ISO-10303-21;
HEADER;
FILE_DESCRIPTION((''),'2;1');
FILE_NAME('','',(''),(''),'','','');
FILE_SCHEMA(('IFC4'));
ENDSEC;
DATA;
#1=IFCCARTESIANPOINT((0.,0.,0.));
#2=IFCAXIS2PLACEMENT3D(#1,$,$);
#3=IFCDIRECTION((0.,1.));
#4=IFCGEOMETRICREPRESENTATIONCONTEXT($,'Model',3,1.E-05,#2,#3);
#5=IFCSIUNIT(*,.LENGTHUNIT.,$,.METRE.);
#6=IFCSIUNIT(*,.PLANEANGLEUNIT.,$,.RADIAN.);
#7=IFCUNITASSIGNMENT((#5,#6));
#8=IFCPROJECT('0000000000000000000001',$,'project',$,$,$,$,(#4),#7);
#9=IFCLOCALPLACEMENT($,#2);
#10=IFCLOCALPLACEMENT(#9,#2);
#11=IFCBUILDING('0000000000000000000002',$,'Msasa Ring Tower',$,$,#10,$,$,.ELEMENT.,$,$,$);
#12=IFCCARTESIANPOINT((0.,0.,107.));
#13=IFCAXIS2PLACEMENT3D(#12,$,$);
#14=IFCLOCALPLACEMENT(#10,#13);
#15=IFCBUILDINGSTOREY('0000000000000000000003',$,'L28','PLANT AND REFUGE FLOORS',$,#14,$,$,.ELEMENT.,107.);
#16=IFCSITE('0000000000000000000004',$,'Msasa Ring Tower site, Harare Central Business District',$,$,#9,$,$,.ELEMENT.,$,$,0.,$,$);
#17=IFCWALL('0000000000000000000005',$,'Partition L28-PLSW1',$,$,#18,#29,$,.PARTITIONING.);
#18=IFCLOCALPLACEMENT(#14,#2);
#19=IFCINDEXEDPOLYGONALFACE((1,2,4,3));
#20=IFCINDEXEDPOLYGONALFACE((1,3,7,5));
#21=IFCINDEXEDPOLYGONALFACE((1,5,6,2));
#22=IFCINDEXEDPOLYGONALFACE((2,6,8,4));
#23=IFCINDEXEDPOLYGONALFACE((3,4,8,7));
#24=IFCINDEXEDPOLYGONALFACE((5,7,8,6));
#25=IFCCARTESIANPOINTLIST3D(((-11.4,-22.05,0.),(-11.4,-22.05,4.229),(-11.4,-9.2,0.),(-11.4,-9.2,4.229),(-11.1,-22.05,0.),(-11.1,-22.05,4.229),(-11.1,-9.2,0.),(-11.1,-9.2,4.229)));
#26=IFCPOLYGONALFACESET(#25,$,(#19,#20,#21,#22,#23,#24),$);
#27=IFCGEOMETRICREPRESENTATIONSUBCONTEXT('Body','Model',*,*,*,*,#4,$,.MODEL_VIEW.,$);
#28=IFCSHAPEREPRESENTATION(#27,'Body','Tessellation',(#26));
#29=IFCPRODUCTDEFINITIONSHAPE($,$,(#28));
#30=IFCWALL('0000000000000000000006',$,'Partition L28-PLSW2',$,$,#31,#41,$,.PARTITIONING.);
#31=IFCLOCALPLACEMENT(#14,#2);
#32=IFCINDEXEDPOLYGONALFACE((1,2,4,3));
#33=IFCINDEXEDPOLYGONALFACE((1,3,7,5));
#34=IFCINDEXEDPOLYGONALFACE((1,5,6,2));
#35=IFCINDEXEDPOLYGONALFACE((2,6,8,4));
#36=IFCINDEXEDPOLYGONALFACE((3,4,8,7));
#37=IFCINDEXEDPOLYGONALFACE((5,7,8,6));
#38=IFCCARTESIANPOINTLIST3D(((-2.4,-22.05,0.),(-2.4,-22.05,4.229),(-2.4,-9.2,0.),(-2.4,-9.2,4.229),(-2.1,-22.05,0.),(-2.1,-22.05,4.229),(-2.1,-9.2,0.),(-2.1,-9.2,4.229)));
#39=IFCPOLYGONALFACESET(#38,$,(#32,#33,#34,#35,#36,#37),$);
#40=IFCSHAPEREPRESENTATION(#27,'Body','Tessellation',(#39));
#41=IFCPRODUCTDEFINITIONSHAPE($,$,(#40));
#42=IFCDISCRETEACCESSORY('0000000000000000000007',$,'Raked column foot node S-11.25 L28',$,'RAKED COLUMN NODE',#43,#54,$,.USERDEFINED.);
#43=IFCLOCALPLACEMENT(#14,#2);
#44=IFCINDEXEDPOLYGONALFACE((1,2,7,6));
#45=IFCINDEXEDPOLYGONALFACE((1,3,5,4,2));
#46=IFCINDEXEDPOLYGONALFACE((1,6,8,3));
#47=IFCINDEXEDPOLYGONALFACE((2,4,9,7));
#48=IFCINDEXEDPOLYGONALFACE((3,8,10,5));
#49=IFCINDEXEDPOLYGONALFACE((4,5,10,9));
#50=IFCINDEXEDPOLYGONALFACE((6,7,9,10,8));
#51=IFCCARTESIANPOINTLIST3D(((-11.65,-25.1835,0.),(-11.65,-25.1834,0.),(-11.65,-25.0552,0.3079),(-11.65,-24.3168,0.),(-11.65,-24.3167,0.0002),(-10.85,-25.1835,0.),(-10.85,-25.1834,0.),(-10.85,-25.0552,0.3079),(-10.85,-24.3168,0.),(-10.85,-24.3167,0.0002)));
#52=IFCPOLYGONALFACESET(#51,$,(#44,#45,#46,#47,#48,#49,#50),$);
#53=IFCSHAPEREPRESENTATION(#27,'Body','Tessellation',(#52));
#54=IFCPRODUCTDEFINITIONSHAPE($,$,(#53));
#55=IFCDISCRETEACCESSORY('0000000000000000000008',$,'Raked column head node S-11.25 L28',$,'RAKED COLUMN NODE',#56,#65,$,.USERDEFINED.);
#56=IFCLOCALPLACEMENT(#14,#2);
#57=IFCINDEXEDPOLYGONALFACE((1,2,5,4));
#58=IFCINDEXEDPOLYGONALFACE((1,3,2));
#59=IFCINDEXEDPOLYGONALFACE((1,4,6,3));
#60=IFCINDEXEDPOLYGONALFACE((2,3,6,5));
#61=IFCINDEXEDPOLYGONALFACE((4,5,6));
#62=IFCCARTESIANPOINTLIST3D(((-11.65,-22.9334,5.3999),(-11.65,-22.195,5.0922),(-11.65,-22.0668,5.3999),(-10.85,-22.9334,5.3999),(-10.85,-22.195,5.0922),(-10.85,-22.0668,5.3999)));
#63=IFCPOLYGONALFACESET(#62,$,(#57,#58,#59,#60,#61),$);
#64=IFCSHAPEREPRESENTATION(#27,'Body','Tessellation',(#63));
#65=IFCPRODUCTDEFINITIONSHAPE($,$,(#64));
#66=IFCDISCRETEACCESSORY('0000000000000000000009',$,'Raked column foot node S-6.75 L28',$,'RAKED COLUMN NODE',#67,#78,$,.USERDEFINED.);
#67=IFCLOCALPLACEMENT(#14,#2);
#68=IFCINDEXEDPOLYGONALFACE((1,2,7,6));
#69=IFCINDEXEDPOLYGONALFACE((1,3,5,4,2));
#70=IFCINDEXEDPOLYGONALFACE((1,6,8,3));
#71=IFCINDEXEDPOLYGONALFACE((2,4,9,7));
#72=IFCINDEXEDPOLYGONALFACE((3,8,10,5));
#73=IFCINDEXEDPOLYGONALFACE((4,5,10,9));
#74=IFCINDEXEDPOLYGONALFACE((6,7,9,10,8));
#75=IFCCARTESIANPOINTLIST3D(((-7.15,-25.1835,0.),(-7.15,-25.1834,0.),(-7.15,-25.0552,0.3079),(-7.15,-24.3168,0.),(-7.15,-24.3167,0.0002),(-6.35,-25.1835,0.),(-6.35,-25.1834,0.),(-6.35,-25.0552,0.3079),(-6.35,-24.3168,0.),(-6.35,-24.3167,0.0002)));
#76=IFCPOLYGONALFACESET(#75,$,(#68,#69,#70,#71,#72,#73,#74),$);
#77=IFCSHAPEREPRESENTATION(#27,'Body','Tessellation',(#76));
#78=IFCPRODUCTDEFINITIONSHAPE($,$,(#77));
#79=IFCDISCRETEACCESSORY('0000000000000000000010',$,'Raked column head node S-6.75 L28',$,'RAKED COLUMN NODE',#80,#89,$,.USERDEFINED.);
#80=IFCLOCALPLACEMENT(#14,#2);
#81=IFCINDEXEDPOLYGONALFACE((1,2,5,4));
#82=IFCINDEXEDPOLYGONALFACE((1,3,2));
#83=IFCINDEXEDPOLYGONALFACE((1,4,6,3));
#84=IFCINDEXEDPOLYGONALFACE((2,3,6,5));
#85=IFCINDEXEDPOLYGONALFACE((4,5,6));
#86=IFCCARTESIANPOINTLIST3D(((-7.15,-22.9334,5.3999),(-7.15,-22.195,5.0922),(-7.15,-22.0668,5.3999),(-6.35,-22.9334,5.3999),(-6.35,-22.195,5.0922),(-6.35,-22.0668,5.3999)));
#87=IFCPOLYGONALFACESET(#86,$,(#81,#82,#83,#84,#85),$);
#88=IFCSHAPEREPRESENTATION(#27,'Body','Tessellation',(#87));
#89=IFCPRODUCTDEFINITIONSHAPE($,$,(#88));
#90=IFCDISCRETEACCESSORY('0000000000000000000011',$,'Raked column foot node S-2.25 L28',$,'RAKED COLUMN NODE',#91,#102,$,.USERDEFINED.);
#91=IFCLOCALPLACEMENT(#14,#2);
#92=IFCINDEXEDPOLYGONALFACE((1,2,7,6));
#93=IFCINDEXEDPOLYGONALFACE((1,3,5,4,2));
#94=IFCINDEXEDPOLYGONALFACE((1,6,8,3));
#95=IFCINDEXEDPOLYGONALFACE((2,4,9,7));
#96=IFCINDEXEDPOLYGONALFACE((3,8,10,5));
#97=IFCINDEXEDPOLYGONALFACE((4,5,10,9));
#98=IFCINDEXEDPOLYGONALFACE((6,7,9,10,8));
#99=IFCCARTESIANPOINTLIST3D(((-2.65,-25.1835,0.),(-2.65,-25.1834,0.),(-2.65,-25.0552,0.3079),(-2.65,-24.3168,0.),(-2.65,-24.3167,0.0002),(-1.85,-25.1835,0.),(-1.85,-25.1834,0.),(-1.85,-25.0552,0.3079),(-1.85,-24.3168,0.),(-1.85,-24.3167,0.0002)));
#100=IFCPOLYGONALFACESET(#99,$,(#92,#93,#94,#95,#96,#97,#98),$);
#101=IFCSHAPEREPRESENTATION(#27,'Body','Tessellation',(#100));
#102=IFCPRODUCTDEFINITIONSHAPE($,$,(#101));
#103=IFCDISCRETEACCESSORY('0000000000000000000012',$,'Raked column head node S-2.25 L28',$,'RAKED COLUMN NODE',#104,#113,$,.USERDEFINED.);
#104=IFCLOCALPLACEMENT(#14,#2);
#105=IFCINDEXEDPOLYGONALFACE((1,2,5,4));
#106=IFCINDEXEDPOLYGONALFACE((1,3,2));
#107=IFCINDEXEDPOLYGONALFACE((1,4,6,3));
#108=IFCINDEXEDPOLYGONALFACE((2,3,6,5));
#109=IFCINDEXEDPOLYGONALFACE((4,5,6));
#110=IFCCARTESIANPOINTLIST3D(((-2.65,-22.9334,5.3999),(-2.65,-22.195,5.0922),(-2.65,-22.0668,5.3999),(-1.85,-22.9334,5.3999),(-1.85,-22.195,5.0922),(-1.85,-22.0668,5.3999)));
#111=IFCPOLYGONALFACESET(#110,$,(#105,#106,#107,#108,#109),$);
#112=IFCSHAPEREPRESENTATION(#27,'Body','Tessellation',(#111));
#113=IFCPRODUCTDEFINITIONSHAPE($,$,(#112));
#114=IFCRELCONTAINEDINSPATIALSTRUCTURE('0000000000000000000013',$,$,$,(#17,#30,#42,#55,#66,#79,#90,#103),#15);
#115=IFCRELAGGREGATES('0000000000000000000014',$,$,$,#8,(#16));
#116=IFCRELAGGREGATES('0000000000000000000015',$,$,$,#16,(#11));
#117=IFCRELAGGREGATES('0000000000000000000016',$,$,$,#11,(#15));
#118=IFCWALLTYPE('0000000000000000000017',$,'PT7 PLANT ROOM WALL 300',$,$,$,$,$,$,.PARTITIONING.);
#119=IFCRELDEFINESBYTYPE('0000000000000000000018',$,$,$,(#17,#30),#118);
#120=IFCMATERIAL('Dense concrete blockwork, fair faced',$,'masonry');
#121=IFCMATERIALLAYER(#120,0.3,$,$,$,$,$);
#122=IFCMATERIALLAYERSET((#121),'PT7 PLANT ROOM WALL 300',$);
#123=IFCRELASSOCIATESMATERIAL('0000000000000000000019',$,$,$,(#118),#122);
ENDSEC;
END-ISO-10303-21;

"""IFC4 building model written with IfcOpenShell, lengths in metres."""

from ifc_helpers import new_model, si_unit, direction, frame, frame_2d, origin, origin_2d, place, context, subcontext, project, spatial, rectangle, extrude, clip, halfspace, material, layer, layer_set, type_object, element, save


model = new_model("IFC4")

# Units and contexts
model_context = context("Model", 3, precision=1e-05, world=origin(), true_north=direction((0.0, 1.0)))
body_context = subcontext(model_context, "Body", "Model", "MODEL_VIEW")
ifc_project = project(units=[si_unit("LENGTHUNIT", "METRE"), si_unit("PLANEANGLEUNIT", "RADIAN")], contexts=[model_context])

# Site, building, storey
site_placement = place(None, origin())
site = spatial("IfcSite", under=ifc_project, at=site_placement, Name="Msasa Ring Tower site, Harare Central Business District", CompositionType="ELEMENT", RefElevation=0.0)
building_placement = place(site_placement, origin())
building = spatial("IfcBuilding", under=site, at=building_placement, Name="Msasa Ring Tower", CompositionType="ELEMENT")
storey_placement = place(building_placement, frame((0.0, 0.0, 107.0)))
storey = spatial("IfcBuildingStorey", under=building, at=storey_placement, Name="L28", Description="PLANT AND REFUGE FLOORS", CompositionType="ELEMENT", Elevation=107.0)

# Walls
ifc_material_1 = material(Name="Dense concrete blockwork, fair faced", Category="masonry")
ifc_layer = layer(ifc_material_1, 0.3)
ifc_layer_set = layer_set([ifc_layer], Name="PT7 PLANT ROOM WALL 300")
wall_type = type_object("IfcWallType", Name="PT7 PLANT ROOM WALL 300", PredefinedType="PARTITIONING", material=ifc_layer_set)
for number, where, z_axis, x_axis, name in (
    (1, (-11.25, -22.05, 0.0), (0.0, 0.0, 1.0), (0.0, 1.0, 0.0), "Partition L28-PLSW1"),
    (2, (-2.25, -22.05, 0.0), (0.0, 0.0, 1.0), (0.0, 1.0, 0.0), "Partition L28-PLSW2"),
):
    element("IfcWall", number, at=place(storey_placement, frame(where, z_axis=z_axis, x_axis=x_axis)), inside=storey, type_object=wall_type, Name=name, PredefinedType="PARTITIONING", context=body_context, shape_type="SweptSolid", body=[
        extrude(rectangle(XDim=12.8501, YDim=0.3, at=frame_2d((6.425, 0.0))), origin(), (0.0, 0.0, 1.0), 4.229),
    ])

# Discrete accessories
discrete_accessory_1_placement = place(storey_placement, frame((-11.25, -24.75, 0.0)))
element("IfcDiscreteAccessory", 3, at=discrete_accessory_1_placement, inside=storey, Name="Raked column foot node S-11.25 L28", ObjectType="RAKED COLUMN NODE", PredefinedType="USERDEFINED", context=body_context, shape_type="Clipping", body=[
    clip(extrude(rectangle(XDim=0.8, YDim=0.8, at=origin_2d()), frame((0.0, -0.0642, -0.1538), z_axis=(0.0, 0.384615, 0.923077), x_axis=(0.0, -0.923077, 0.384615)), (0.0, 0.0, 1.0), 0.3335), halfspace(frame((0.0, 0.0, 0.0), z_axis=(0.0, 0.0, 1.0)), True)),
])
discrete_accessory_2_placement = place(storey_placement, frame((-11.25, -22.5, 5.3999)))
element("IfcDiscreteAccessory", 4, at=discrete_accessory_2_placement, inside=storey, Name="Raked column head node S-11.25 L28", ObjectType="RAKED COLUMN NODE", PredefinedType="USERDEFINED", context=body_context, shape_type="Clipping", body=[
    clip(extrude(rectangle(XDim=0.8, YDim=0.8, at=origin_2d()), frame((0.0, -0.0642, -0.1538), z_axis=(0.0, 0.384615, 0.923077), x_axis=(0.0, -0.923077, 0.384615)), (0.0, 0.0, 1.0), 0.3335), halfspace(frame((0.0, 0.0, 0.0), z_axis=(0.0, 0.0, -1.0)), True)),
])
discrete_accessory_3_placement = place(storey_placement, frame((-6.75, -24.75, 0.0)))
element("IfcDiscreteAccessory", 5, at=discrete_accessory_3_placement, inside=storey, Name="Raked column foot node S-6.75 L28", ObjectType="RAKED COLUMN NODE", PredefinedType="USERDEFINED", context=body_context, shape_type="Clipping", body=[
    clip(extrude(rectangle(XDim=0.8, YDim=0.8, at=origin_2d()), frame((0.0, -0.0642, -0.1538), z_axis=(0.0, 0.384615, 0.923077), x_axis=(0.0, -0.923077, 0.384615)), (0.0, 0.0, 1.0), 0.3335), halfspace(frame((0.0, 0.0, 0.0), z_axis=(0.0, 0.0, 1.0)), True)),
])
discrete_accessory_4_placement = place(storey_placement, frame((-6.75, -22.5, 5.3999)))
element("IfcDiscreteAccessory", 6, at=discrete_accessory_4_placement, inside=storey, Name="Raked column head node S-6.75 L28", ObjectType="RAKED COLUMN NODE", PredefinedType="USERDEFINED", context=body_context, shape_type="Clipping", body=[
    clip(extrude(rectangle(XDim=0.8, YDim=0.8, at=origin_2d()), frame((0.0, -0.0642, -0.1538), z_axis=(0.0, 0.384615, 0.923077), x_axis=(0.0, -0.923077, 0.384615)), (0.0, 0.0, 1.0), 0.3335), halfspace(frame((0.0, 0.0, 0.0), z_axis=(0.0, 0.0, -1.0)), True)),
])
discrete_accessory_5_placement = place(storey_placement, frame((-2.25, -24.75, 0.0)))
element("IfcDiscreteAccessory", 7, at=discrete_accessory_5_placement, inside=storey, Name="Raked column foot node S-2.25 L28", ObjectType="RAKED COLUMN NODE", PredefinedType="USERDEFINED", context=body_context, shape_type="Clipping", body=[
    clip(extrude(rectangle(XDim=0.8, YDim=0.8, at=origin_2d()), frame((0.0, -0.0642, -0.1538), z_axis=(0.0, 0.384615, 0.923077), x_axis=(0.0, -0.923077, 0.384615)), (0.0, 0.0, 1.0), 0.3335), halfspace(frame((0.0, 0.0, 0.0), z_axis=(0.0, 0.0, 1.0)), True)),
])
discrete_accessory_6_placement = place(storey_placement, frame((-2.25, -22.5, 5.3999)))
element("IfcDiscreteAccessory", 8, at=discrete_accessory_6_placement, inside=storey, Name="Raked column head node S-2.25 L28", ObjectType="RAKED COLUMN NODE", PredefinedType="USERDEFINED", context=body_context, shape_type="Clipping", body=[
    clip(extrude(rectangle(XDim=0.8, YDim=0.8, at=origin_2d()), frame((0.0, -0.0642, -0.1538), z_axis=(0.0, 0.384615, 0.923077), x_axis=(0.0, -0.923077, 0.384615)), (0.0, 0.0, 1.0), 0.3335), halfspace(frame((0.0, 0.0, 0.0), z_axis=(0.0, 0.0, -1.0)), True)),
])

save(model, "model.ifc")
